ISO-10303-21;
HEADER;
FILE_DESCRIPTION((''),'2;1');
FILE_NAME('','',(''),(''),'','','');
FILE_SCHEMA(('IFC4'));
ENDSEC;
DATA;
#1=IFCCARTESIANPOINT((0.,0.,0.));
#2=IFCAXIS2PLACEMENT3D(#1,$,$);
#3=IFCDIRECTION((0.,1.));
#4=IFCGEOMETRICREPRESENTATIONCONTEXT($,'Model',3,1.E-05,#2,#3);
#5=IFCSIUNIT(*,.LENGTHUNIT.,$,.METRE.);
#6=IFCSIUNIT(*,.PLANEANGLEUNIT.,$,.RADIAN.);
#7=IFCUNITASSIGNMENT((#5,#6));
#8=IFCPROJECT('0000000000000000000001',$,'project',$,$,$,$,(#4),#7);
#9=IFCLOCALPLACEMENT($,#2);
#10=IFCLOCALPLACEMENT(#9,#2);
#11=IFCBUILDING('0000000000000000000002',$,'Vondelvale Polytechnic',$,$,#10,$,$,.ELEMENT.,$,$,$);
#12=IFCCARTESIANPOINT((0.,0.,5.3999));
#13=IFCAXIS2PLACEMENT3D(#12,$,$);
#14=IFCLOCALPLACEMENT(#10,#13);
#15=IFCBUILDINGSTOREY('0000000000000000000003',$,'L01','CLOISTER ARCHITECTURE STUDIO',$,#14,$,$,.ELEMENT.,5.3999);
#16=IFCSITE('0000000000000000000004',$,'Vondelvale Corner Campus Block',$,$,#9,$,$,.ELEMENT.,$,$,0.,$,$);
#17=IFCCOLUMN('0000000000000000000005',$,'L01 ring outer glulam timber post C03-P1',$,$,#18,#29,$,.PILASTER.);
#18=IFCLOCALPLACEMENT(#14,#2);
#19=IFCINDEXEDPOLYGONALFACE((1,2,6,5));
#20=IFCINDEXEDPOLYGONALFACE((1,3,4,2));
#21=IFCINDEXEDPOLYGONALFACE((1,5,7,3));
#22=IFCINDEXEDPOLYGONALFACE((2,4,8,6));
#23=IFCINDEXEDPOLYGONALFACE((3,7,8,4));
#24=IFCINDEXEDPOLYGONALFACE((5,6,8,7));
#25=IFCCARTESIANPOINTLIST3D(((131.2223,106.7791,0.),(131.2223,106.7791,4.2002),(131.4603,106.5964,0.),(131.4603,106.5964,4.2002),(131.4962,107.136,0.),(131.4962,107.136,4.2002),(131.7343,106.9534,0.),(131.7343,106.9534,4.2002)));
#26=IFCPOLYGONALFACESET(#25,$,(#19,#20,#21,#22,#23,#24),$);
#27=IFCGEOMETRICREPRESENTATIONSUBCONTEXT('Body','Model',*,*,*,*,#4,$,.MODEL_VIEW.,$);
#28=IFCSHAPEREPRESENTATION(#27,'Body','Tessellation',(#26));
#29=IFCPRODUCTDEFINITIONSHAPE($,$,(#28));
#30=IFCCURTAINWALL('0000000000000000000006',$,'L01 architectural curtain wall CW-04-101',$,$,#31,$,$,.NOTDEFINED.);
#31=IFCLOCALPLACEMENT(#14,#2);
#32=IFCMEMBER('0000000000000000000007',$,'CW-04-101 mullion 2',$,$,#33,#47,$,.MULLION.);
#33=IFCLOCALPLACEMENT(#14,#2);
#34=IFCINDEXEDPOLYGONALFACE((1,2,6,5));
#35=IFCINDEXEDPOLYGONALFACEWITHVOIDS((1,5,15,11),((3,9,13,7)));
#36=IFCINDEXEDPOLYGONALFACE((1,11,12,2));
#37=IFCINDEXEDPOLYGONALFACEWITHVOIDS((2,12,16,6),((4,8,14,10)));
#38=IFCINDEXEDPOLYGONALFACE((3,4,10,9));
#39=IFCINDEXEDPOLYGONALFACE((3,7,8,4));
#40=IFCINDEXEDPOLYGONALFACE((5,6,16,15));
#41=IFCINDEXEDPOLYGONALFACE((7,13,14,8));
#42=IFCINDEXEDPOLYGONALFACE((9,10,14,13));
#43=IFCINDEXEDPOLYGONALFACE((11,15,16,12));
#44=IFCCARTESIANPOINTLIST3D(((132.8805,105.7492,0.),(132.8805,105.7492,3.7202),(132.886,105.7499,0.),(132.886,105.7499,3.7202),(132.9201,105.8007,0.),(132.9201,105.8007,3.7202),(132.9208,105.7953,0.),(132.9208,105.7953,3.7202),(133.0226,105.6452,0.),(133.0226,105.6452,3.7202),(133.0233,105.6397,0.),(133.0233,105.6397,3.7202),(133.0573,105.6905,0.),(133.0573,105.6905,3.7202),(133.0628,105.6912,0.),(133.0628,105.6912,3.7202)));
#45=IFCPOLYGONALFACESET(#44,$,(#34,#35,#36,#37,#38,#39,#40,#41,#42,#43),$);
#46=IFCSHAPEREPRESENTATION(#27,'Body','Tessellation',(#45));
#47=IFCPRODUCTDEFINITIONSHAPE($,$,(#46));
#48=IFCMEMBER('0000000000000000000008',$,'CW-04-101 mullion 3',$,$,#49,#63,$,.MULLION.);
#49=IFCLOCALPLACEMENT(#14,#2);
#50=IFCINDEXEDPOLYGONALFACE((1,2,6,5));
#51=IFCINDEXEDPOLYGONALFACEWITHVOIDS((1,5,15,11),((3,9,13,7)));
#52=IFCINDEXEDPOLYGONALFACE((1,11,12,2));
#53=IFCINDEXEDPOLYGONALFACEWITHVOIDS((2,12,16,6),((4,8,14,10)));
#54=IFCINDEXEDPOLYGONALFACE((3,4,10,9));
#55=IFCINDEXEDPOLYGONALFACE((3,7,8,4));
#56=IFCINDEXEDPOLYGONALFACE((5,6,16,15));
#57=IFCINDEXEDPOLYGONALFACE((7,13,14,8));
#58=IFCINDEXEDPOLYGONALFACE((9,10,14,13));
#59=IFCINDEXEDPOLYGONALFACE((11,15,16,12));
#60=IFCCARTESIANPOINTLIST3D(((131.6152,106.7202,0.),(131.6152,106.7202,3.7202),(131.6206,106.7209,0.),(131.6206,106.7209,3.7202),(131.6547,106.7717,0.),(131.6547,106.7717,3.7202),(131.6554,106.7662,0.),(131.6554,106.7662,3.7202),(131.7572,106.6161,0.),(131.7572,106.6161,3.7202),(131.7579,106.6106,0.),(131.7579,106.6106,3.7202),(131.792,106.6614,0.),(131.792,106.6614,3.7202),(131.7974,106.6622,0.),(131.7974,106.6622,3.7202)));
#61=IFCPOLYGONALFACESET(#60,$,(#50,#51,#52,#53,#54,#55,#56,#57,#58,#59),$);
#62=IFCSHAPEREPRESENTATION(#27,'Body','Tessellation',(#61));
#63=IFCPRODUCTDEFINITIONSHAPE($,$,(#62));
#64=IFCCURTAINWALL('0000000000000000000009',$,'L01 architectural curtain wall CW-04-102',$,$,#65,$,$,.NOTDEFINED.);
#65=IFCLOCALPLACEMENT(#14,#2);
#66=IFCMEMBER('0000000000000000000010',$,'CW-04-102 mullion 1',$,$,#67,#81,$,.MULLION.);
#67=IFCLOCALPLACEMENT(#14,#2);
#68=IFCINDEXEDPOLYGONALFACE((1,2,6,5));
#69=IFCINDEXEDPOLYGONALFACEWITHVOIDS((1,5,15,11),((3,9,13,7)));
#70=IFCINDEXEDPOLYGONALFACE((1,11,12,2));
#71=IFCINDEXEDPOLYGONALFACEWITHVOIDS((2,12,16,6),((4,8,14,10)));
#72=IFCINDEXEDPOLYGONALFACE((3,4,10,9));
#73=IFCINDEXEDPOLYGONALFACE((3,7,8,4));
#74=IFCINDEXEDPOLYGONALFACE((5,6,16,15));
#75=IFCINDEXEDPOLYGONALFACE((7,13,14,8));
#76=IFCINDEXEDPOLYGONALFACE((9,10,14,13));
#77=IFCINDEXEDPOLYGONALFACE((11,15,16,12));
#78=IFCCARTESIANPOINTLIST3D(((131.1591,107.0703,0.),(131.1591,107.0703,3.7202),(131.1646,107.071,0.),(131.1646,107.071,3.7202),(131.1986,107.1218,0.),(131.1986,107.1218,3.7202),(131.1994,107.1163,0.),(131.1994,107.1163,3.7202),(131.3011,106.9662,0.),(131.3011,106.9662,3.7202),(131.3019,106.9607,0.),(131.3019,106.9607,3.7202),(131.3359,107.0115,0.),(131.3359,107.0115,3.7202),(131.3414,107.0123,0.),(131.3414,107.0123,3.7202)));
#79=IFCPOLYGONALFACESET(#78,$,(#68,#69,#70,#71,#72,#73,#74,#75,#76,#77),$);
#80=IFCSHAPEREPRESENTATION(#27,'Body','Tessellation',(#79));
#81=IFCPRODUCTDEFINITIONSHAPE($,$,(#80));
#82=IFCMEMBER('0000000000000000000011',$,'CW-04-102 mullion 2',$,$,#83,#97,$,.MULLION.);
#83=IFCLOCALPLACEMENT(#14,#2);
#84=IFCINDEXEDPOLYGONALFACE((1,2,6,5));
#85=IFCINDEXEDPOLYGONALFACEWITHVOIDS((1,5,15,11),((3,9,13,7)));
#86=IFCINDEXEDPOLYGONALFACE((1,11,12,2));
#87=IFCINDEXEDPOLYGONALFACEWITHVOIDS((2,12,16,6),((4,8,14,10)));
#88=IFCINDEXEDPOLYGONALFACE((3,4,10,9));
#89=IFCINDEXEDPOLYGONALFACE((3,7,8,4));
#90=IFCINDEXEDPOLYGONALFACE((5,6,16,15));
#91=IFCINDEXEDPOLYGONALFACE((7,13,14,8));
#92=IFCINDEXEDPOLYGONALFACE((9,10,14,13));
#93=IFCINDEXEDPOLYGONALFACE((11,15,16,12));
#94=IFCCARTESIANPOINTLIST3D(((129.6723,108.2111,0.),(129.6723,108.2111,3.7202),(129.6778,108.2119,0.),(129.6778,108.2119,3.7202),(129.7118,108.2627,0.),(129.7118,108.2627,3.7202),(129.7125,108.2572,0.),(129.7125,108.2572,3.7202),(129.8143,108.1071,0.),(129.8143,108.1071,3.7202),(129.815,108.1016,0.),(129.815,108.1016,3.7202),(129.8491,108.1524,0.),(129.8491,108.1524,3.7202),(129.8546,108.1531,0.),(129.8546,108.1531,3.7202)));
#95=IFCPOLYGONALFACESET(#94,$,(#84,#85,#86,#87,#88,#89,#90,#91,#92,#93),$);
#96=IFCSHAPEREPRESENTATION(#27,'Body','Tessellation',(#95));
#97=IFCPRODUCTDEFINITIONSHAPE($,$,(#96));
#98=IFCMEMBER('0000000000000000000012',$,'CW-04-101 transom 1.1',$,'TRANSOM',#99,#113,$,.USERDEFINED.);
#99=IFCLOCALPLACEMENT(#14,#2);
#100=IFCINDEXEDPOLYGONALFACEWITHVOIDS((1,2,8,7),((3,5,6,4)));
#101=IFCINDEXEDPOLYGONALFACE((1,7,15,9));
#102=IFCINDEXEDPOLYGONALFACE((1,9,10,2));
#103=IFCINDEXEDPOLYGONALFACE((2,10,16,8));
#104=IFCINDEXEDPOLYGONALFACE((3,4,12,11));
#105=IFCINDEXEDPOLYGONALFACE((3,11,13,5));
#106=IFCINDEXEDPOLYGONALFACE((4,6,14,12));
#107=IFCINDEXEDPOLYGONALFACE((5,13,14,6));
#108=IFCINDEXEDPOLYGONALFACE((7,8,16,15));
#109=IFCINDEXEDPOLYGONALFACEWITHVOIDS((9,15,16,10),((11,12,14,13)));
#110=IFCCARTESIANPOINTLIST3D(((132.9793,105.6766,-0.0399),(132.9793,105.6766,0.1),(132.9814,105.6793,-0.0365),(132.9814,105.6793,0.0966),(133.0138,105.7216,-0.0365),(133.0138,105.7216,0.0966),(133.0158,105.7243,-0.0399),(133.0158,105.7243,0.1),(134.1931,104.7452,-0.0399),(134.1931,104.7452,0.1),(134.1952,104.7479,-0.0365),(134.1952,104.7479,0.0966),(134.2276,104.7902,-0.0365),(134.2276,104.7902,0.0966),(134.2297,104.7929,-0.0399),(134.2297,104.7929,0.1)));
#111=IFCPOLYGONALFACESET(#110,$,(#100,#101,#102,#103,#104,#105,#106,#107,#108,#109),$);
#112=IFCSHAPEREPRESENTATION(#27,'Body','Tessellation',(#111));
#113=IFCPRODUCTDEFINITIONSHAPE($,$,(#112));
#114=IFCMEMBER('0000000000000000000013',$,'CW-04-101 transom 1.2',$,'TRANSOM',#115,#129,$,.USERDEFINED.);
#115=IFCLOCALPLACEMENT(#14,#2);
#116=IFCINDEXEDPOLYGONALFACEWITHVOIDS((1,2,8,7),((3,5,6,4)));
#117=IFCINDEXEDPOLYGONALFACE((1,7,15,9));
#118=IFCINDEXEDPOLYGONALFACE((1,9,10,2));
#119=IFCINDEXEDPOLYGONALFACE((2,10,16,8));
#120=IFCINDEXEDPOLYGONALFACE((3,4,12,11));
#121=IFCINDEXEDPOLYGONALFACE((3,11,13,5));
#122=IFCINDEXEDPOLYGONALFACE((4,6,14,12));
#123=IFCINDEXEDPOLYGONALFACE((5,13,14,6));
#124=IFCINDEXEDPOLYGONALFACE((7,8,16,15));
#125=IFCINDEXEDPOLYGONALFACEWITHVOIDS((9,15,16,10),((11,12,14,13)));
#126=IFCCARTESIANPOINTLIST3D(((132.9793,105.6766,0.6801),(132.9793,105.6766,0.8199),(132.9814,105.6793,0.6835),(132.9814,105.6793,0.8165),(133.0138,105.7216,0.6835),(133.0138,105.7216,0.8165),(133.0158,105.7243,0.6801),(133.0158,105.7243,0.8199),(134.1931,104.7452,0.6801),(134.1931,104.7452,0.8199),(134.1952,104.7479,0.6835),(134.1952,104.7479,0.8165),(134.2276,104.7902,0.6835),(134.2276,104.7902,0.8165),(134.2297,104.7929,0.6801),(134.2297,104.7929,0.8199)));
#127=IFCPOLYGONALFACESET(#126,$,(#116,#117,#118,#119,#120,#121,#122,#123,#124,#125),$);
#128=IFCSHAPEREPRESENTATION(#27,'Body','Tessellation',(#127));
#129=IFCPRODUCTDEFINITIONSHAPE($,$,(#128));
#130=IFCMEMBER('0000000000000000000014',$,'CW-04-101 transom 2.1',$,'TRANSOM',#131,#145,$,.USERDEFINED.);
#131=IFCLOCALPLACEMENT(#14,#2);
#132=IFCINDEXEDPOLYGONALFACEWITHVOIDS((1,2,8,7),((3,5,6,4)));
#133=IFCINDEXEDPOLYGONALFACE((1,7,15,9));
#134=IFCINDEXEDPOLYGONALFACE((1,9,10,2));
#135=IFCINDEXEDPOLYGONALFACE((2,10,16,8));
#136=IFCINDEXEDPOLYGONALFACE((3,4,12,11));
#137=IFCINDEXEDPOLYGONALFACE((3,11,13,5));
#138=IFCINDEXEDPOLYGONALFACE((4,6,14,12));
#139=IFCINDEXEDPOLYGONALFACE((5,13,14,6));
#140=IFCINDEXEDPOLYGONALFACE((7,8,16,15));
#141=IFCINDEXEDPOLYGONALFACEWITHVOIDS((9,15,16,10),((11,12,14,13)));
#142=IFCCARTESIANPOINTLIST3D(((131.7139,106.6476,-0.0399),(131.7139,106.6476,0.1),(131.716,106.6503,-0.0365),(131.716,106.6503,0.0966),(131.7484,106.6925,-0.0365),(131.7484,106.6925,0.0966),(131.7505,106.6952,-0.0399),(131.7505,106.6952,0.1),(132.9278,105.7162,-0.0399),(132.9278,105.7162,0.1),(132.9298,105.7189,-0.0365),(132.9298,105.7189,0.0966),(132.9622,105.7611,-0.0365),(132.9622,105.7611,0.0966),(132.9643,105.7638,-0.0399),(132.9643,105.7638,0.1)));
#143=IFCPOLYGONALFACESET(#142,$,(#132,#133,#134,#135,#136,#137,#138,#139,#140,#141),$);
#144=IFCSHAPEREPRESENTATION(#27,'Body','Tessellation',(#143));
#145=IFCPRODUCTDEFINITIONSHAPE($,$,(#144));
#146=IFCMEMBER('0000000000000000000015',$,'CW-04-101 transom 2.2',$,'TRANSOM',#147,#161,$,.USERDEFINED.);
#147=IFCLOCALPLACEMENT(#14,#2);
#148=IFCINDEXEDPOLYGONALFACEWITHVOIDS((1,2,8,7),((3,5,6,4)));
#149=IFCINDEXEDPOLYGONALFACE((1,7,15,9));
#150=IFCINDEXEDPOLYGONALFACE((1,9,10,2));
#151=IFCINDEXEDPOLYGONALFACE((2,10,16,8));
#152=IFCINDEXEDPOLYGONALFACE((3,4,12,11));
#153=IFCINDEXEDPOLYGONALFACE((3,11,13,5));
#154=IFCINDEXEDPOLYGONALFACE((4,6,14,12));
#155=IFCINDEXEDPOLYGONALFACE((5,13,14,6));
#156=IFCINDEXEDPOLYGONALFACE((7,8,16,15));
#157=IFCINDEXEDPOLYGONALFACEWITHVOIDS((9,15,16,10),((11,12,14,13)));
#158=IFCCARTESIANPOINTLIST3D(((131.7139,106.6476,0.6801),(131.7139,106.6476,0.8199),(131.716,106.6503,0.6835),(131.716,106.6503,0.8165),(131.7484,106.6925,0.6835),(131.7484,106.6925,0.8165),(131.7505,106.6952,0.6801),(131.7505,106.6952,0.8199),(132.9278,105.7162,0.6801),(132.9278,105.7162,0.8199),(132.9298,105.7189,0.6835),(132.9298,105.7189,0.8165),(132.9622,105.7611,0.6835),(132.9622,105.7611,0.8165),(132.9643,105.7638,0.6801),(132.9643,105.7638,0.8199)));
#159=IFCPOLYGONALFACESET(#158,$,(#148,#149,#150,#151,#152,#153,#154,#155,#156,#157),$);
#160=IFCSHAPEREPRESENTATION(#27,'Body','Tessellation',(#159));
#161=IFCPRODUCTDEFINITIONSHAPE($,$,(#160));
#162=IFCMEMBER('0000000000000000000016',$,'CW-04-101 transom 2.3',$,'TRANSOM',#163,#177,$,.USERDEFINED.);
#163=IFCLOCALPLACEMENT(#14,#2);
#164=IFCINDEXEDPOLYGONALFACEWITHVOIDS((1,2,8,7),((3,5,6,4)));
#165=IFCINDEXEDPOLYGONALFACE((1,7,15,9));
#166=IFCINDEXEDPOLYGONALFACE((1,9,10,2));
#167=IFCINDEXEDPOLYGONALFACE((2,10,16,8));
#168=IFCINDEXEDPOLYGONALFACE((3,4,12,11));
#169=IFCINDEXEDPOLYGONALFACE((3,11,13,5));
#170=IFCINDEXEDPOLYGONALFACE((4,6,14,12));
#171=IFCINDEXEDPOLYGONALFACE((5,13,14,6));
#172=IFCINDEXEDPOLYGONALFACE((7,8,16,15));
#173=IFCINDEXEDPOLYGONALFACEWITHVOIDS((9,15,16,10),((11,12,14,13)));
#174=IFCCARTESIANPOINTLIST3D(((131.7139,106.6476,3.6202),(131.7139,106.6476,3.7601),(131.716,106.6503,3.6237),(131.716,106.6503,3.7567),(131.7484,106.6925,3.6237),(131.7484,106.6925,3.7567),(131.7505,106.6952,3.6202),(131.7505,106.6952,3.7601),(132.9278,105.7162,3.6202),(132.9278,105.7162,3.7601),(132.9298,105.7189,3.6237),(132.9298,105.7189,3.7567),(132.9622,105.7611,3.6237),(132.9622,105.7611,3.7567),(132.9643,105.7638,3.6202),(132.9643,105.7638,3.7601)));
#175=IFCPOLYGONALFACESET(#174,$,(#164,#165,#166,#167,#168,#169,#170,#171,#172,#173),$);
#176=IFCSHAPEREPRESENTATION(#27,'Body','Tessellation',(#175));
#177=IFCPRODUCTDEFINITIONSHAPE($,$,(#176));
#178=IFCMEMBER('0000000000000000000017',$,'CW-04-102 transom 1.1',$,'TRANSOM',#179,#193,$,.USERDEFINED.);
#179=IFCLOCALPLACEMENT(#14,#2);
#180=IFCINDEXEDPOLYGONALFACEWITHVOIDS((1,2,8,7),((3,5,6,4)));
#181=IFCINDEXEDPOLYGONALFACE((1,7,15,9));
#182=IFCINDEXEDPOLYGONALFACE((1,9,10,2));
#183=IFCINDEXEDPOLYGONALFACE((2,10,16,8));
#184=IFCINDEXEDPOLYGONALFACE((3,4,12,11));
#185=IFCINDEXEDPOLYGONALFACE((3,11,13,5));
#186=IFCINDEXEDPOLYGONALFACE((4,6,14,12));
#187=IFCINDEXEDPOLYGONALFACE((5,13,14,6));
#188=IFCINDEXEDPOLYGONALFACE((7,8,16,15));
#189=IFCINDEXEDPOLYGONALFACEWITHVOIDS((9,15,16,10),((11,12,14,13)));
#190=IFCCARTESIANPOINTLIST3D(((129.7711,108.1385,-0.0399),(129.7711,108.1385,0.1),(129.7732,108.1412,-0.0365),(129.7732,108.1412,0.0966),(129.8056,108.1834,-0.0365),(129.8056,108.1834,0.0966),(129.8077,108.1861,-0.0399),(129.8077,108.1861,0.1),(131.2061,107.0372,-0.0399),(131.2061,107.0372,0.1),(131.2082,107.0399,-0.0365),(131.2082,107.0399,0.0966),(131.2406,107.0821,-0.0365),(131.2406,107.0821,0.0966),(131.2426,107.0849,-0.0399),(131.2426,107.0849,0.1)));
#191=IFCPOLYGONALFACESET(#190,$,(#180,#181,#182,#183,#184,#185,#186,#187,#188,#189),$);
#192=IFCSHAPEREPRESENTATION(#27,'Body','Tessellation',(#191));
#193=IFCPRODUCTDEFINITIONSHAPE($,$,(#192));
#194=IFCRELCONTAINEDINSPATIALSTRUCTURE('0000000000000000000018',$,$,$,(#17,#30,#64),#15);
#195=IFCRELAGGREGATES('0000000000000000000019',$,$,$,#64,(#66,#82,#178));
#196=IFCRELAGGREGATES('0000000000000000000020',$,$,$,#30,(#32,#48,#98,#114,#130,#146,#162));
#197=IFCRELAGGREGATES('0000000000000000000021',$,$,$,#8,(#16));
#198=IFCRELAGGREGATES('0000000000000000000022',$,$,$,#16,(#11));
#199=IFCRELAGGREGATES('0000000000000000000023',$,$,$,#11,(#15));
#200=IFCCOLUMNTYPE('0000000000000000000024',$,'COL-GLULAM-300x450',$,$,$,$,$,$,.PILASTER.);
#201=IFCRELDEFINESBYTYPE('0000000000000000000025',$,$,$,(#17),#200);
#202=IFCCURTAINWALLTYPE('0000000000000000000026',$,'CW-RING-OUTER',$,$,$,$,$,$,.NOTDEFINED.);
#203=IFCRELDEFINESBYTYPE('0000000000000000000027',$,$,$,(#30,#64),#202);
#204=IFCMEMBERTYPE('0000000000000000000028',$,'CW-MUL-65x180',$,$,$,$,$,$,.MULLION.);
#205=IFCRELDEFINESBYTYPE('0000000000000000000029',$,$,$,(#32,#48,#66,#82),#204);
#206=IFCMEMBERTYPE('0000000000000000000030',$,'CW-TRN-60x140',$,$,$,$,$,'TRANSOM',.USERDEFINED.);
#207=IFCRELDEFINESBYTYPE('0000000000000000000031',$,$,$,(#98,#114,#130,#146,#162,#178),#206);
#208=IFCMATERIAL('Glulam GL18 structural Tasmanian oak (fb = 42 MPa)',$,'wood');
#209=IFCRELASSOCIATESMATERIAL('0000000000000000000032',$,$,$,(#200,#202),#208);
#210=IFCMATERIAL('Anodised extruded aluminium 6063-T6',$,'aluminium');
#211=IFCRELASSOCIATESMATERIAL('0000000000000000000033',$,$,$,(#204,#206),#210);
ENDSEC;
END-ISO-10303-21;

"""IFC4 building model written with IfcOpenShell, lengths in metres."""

from ifc_helpers import new_model, si_unit, direction, frame, origin, origin_2d, place, context, subcontext, project, spatial, rectangle, hollow_rectangle, extrude, material, material_profile, profile_set, type_object, element, aggregate, save


model = new_model("IFC4")

# Units and contexts
model_context = context("Model", 3, precision=1e-05, world=origin(), true_north=direction((0.0, 1.0)))
body_context = subcontext(model_context, "Body", "Model", "MODEL_VIEW")
ifc_project = project(units=[si_unit("LENGTHUNIT", "METRE"), si_unit("PLANEANGLEUNIT", "RADIAN")], contexts=[model_context])

# Site, building, storey
site_placement = place(None, origin())
site = spatial("IfcSite", under=ifc_project, at=site_placement, Name="Vondelvale Corner Campus Block", CompositionType="ELEMENT", RefElevation=0.0)
building_placement = place(site_placement, origin())
building = spatial("IfcBuilding", under=site, at=building_placement, Name="Vondelvale Polytechnic", CompositionType="ELEMENT")
storey_placement = place(building_placement, frame((0.0, 0.0, 5.3999)))
storey = spatial("IfcBuildingStorey", under=building, at=storey_placement, Name="L01", Description="CLOISTER ARCHITECTURE STUDIO", CompositionType="ELEMENT", Elevation=5.3999)

# Column
ifc_material_1 = material(Name="Glulam GL18 structural Tasmanian oak (fb = 42 MPa)", Category="wood")
ifc_material_profile_1 = material_profile(ifc_material_1, rectangle(XDim=0.3, YDim=0.45, at=origin_2d()), Name="GL-POST-300x450")
ifc_profile_set_1 = profile_set([ifc_material_profile_1], Name="Glulam GL18 structural Tasmanian oak (fb = 42 MPa)")
column_type = type_object("IfcColumnType", Name="COL-GLULAM-300x450", PredefinedType="PILASTER", material=ifc_profile_set_1)
column_placement = place(storey_placement, frame((131.4783, 106.8662, 0.0), z_axis=(0.0, 0.0, 1.0), x_axis=(-0.793353, 0.608761, 0.0)))
element("IfcColumn", 1, at=column_placement, inside=storey, type_object=column_type, Name="L01 ring outer glulam timber post C03-P1", PredefinedType="PILASTER", context=body_context, shape_type="SweptSolid", body=[
    extrude(rectangle(XDim=0.3, YDim=0.45, at=origin_2d()), origin(), (0.0, 0.0, 1.0), 4.2002),
])

# Curtain walls, members
curtain_wall_type = type_object("IfcCurtainWallType", Name="CW-RING-OUTER", PredefinedType="NOTDEFINED", material=ifc_material_1)
curtain_wall_1_placement = place(storey_placement, origin())
curtain_wall_1 = element("IfcCurtainWall", 2, at=curtain_wall_1_placement, inside=storey, type_object=curtain_wall_type, Name="L01 architectural curtain wall CW-04-101", PredefinedType="NOTDEFINED")
ifc_material_2 = material(Name="Anodised extruded aluminium 6063-T6", Category="aluminium")
ifc_material_profile_2 = material_profile(ifc_material_2, hollow_rectangle(XDim=0.0649, YDim=0.1799, WallThickness=0.0039, at=origin_2d()), Name="CW-MUL-180x65")
ifc_profile_set_2 = profile_set([ifc_material_profile_2], Name="Anodised extruded aluminium 6063-T6")
member_type_1 = type_object("IfcMemberType", Name="CW-MUL-65x180", PredefinedType="MULLION", material=ifc_profile_set_2)
member_1_placement = place(storey_placement, frame((132.9717, 105.7202, 0.0), z_axis=(0.0, 0.0, 1.0), x_axis=(-0.608787, -0.793334, 0.0)))
member_1 = element("IfcMember", 3, at=member_1_placement, type_object=member_type_1, Name="CW-04-101 mullion 2", PredefinedType="MULLION", context=body_context, shape_type="SweptSolid", body=[
    extrude(hollow_rectangle(XDim=0.0649, YDim=0.1799, WallThickness=0.0039, at=origin_2d()), origin(), (0.0, 0.0, 1.0), 3.7202),
])
member_2_placement = place(storey_placement, frame((131.7063, 106.6912, 0.0), z_axis=(0.0, 0.0, 1.0), x_axis=(-0.608787, -0.793334, 0.0)))
member_2 = element("IfcMember", 4, at=member_2_placement, type_object=member_type_1, Name="CW-04-101 mullion 3", PredefinedType="MULLION", context=body_context, shape_type="SweptSolid", body=[
    extrude(hollow_rectangle(XDim=0.0649, YDim=0.1799, WallThickness=0.0039, at=origin_2d()), origin(), (0.0, 0.0, 1.0), 3.7202),
])
curtain_wall_2_placement = place(storey_placement, origin())
curtain_wall_2 = element("IfcCurtainWall", 5, at=curtain_wall_2_placement, inside=storey, type_object=curtain_wall_type, Name="L01 architectural curtain wall CW-04-102", PredefinedType="NOTDEFINED")
member_3_placement = place(storey_placement, frame((131.2502, 107.0413, 0.0), z_axis=(0.0, 0.0, 1.0), x_axis=(-0.608771, -0.793346, 0.0)))
member_3 = element("IfcMember", 6, at=member_3_placement, type_object=member_type_1, Name="CW-04-102 mullion 1", PredefinedType="MULLION", context=body_context, shape_type="SweptSolid", body=[
    extrude(hollow_rectangle(XDim=0.0649, YDim=0.1799, WallThickness=0.0039, at=origin_2d()), origin(), (0.0, 0.0, 1.0), 3.7202),
])
member_4_placement = place(storey_placement, frame((129.7634, 108.1821, 0.0), z_axis=(0.0, 0.0, 1.0), x_axis=(-0.608771, -0.793346, 0.0)))
member_4 = element("IfcMember", 7, at=member_4_placement, type_object=member_type_1, Name="CW-04-102 mullion 2", PredefinedType="MULLION", context=body_context, shape_type="SweptSolid", body=[
    extrude(hollow_rectangle(XDim=0.0649, YDim=0.1799, WallThickness=0.0039, at=origin_2d()), origin(), (0.0, 0.0, 1.0), 3.7202),
])

# Members
ifc_material_profile_3 = material_profile(ifc_material_2, hollow_rectangle(XDim=0.0601, YDim=0.1399, WallThickness=0.0034, at=origin_2d()), Name="CW-TRN-140x60")
ifc_profile_set_3 = profile_set([ifc_material_profile_3], Name="Anodised extruded aluminium 6063-T6")
member_type_2 = type_object("IfcMemberType", Name="CW-TRN-60x140", ElementType="TRANSOM", PredefinedType="USERDEFINED", material=ifc_profile_set_3)
member_5_placement = place(storey_placement, frame((134.2114, 104.769, 0.03), z_axis=(-0.793365, 0.608746, 0.0), x_axis=(-0.608746, -0.793365, 0.0)))
member_5 = element("IfcMember", 8, at=member_5_placement, type_object=member_type_2, Name="CW-04-101 transom 1.1", ObjectType="TRANSOM", PredefinedType="USERDEFINED", context=body_context, shape_type="SweptSolid", body=[
    extrude(hollow_rectangle(XDim=0.0601, YDim=0.1399, WallThickness=0.0034, at=origin_2d()), origin(), (0.0, 0.0, 1.0), 1.53),
])
member_6_placement = place(storey_placement, frame((134.2114, 104.769, 0.75), z_axis=(-0.793365, 0.608746, 0.0), x_axis=(-0.608746, -0.793365, 0.0)))
member_6 = element("IfcMember", 9, at=member_6_placement, type_object=member_type_2, Name="CW-04-101 transom 1.2", ObjectType="TRANSOM", PredefinedType="USERDEFINED", context=body_context, shape_type="SweptSolid", body=[
    extrude(hollow_rectangle(XDim=0.0601, YDim=0.1399, WallThickness=0.0034, at=origin_2d()), origin(), (0.0, 0.0, 1.0), 1.53),
])
member_7_placement = place(storey_placement, frame((132.946, 105.74, 0.03), z_axis=(-0.793365, 0.608746, 0.0), x_axis=(-0.608746, -0.793365, 0.0)))
member_7 = element("IfcMember", 10, at=member_7_placement, type_object=member_type_2, Name="CW-04-101 transom 2.1", ObjectType="TRANSOM", PredefinedType="USERDEFINED", context=body_context, shape_type="SweptSolid", body=[
    extrude(hollow_rectangle(XDim=0.0601, YDim=0.1399, WallThickness=0.0034, at=origin_2d()), origin(), (0.0, 0.0, 1.0), 1.53),
])
member_8_placement = place(storey_placement, frame((132.946, 105.74, 0.75), z_axis=(-0.793365, 0.608746, 0.0), x_axis=(-0.608746, -0.793365, 0.0)))
member_8 = element("IfcMember", 11, at=member_8_placement, type_object=member_type_2, Name="CW-04-101 transom 2.2", ObjectType="TRANSOM", PredefinedType="USERDEFINED", context=body_context, shape_type="SweptSolid", body=[
    extrude(hollow_rectangle(XDim=0.0601, YDim=0.1399, WallThickness=0.0034, at=origin_2d()), origin(), (0.0, 0.0, 1.0), 1.53),
])
member_9_placement = place(storey_placement, frame((132.946, 105.74, 3.6902), z_axis=(-0.793365, 0.608746, 0.0), x_axis=(-0.608746, -0.793365, 0.0)))
member_9 = element("IfcMember", 12, at=member_9_placement, type_object=member_type_2, Name="CW-04-101 transom 2.3", ObjectType="TRANSOM", PredefinedType="USERDEFINED", context=body_context, shape_type="SweptSolid", body=[
    extrude(hollow_rectangle(XDim=0.0601, YDim=0.1399, WallThickness=0.0034, at=origin_2d()), origin(), (0.0, 0.0, 1.0), 1.53),
])
member_10_placement = place(storey_placement, frame((131.2244, 107.061, 0.03), z_axis=(-0.793311, 0.608817, 0.0), x_axis=(-0.608817, -0.793311, 0.0)))
member_10 = element("IfcMember", 13, at=member_10_placement, type_object=member_type_2, Name="CW-04-102 transom 1.1", ObjectType="TRANSOM", PredefinedType="USERDEFINED", context=body_context, shape_type="SweptSolid", body=[
    extrude(hollow_rectangle(XDim=0.0601, YDim=0.1399, WallThickness=0.0034, at=origin_2d()), origin(), (0.0, 0.0, 1.0), 1.8088),
])

aggregate(curtain_wall_2, [member_3, member_4, member_10])
aggregate(curtain_wall_1, [member_1, member_2, member_5, member_6, member_7, member_8, member_9])

save(model, "model.ifc")
